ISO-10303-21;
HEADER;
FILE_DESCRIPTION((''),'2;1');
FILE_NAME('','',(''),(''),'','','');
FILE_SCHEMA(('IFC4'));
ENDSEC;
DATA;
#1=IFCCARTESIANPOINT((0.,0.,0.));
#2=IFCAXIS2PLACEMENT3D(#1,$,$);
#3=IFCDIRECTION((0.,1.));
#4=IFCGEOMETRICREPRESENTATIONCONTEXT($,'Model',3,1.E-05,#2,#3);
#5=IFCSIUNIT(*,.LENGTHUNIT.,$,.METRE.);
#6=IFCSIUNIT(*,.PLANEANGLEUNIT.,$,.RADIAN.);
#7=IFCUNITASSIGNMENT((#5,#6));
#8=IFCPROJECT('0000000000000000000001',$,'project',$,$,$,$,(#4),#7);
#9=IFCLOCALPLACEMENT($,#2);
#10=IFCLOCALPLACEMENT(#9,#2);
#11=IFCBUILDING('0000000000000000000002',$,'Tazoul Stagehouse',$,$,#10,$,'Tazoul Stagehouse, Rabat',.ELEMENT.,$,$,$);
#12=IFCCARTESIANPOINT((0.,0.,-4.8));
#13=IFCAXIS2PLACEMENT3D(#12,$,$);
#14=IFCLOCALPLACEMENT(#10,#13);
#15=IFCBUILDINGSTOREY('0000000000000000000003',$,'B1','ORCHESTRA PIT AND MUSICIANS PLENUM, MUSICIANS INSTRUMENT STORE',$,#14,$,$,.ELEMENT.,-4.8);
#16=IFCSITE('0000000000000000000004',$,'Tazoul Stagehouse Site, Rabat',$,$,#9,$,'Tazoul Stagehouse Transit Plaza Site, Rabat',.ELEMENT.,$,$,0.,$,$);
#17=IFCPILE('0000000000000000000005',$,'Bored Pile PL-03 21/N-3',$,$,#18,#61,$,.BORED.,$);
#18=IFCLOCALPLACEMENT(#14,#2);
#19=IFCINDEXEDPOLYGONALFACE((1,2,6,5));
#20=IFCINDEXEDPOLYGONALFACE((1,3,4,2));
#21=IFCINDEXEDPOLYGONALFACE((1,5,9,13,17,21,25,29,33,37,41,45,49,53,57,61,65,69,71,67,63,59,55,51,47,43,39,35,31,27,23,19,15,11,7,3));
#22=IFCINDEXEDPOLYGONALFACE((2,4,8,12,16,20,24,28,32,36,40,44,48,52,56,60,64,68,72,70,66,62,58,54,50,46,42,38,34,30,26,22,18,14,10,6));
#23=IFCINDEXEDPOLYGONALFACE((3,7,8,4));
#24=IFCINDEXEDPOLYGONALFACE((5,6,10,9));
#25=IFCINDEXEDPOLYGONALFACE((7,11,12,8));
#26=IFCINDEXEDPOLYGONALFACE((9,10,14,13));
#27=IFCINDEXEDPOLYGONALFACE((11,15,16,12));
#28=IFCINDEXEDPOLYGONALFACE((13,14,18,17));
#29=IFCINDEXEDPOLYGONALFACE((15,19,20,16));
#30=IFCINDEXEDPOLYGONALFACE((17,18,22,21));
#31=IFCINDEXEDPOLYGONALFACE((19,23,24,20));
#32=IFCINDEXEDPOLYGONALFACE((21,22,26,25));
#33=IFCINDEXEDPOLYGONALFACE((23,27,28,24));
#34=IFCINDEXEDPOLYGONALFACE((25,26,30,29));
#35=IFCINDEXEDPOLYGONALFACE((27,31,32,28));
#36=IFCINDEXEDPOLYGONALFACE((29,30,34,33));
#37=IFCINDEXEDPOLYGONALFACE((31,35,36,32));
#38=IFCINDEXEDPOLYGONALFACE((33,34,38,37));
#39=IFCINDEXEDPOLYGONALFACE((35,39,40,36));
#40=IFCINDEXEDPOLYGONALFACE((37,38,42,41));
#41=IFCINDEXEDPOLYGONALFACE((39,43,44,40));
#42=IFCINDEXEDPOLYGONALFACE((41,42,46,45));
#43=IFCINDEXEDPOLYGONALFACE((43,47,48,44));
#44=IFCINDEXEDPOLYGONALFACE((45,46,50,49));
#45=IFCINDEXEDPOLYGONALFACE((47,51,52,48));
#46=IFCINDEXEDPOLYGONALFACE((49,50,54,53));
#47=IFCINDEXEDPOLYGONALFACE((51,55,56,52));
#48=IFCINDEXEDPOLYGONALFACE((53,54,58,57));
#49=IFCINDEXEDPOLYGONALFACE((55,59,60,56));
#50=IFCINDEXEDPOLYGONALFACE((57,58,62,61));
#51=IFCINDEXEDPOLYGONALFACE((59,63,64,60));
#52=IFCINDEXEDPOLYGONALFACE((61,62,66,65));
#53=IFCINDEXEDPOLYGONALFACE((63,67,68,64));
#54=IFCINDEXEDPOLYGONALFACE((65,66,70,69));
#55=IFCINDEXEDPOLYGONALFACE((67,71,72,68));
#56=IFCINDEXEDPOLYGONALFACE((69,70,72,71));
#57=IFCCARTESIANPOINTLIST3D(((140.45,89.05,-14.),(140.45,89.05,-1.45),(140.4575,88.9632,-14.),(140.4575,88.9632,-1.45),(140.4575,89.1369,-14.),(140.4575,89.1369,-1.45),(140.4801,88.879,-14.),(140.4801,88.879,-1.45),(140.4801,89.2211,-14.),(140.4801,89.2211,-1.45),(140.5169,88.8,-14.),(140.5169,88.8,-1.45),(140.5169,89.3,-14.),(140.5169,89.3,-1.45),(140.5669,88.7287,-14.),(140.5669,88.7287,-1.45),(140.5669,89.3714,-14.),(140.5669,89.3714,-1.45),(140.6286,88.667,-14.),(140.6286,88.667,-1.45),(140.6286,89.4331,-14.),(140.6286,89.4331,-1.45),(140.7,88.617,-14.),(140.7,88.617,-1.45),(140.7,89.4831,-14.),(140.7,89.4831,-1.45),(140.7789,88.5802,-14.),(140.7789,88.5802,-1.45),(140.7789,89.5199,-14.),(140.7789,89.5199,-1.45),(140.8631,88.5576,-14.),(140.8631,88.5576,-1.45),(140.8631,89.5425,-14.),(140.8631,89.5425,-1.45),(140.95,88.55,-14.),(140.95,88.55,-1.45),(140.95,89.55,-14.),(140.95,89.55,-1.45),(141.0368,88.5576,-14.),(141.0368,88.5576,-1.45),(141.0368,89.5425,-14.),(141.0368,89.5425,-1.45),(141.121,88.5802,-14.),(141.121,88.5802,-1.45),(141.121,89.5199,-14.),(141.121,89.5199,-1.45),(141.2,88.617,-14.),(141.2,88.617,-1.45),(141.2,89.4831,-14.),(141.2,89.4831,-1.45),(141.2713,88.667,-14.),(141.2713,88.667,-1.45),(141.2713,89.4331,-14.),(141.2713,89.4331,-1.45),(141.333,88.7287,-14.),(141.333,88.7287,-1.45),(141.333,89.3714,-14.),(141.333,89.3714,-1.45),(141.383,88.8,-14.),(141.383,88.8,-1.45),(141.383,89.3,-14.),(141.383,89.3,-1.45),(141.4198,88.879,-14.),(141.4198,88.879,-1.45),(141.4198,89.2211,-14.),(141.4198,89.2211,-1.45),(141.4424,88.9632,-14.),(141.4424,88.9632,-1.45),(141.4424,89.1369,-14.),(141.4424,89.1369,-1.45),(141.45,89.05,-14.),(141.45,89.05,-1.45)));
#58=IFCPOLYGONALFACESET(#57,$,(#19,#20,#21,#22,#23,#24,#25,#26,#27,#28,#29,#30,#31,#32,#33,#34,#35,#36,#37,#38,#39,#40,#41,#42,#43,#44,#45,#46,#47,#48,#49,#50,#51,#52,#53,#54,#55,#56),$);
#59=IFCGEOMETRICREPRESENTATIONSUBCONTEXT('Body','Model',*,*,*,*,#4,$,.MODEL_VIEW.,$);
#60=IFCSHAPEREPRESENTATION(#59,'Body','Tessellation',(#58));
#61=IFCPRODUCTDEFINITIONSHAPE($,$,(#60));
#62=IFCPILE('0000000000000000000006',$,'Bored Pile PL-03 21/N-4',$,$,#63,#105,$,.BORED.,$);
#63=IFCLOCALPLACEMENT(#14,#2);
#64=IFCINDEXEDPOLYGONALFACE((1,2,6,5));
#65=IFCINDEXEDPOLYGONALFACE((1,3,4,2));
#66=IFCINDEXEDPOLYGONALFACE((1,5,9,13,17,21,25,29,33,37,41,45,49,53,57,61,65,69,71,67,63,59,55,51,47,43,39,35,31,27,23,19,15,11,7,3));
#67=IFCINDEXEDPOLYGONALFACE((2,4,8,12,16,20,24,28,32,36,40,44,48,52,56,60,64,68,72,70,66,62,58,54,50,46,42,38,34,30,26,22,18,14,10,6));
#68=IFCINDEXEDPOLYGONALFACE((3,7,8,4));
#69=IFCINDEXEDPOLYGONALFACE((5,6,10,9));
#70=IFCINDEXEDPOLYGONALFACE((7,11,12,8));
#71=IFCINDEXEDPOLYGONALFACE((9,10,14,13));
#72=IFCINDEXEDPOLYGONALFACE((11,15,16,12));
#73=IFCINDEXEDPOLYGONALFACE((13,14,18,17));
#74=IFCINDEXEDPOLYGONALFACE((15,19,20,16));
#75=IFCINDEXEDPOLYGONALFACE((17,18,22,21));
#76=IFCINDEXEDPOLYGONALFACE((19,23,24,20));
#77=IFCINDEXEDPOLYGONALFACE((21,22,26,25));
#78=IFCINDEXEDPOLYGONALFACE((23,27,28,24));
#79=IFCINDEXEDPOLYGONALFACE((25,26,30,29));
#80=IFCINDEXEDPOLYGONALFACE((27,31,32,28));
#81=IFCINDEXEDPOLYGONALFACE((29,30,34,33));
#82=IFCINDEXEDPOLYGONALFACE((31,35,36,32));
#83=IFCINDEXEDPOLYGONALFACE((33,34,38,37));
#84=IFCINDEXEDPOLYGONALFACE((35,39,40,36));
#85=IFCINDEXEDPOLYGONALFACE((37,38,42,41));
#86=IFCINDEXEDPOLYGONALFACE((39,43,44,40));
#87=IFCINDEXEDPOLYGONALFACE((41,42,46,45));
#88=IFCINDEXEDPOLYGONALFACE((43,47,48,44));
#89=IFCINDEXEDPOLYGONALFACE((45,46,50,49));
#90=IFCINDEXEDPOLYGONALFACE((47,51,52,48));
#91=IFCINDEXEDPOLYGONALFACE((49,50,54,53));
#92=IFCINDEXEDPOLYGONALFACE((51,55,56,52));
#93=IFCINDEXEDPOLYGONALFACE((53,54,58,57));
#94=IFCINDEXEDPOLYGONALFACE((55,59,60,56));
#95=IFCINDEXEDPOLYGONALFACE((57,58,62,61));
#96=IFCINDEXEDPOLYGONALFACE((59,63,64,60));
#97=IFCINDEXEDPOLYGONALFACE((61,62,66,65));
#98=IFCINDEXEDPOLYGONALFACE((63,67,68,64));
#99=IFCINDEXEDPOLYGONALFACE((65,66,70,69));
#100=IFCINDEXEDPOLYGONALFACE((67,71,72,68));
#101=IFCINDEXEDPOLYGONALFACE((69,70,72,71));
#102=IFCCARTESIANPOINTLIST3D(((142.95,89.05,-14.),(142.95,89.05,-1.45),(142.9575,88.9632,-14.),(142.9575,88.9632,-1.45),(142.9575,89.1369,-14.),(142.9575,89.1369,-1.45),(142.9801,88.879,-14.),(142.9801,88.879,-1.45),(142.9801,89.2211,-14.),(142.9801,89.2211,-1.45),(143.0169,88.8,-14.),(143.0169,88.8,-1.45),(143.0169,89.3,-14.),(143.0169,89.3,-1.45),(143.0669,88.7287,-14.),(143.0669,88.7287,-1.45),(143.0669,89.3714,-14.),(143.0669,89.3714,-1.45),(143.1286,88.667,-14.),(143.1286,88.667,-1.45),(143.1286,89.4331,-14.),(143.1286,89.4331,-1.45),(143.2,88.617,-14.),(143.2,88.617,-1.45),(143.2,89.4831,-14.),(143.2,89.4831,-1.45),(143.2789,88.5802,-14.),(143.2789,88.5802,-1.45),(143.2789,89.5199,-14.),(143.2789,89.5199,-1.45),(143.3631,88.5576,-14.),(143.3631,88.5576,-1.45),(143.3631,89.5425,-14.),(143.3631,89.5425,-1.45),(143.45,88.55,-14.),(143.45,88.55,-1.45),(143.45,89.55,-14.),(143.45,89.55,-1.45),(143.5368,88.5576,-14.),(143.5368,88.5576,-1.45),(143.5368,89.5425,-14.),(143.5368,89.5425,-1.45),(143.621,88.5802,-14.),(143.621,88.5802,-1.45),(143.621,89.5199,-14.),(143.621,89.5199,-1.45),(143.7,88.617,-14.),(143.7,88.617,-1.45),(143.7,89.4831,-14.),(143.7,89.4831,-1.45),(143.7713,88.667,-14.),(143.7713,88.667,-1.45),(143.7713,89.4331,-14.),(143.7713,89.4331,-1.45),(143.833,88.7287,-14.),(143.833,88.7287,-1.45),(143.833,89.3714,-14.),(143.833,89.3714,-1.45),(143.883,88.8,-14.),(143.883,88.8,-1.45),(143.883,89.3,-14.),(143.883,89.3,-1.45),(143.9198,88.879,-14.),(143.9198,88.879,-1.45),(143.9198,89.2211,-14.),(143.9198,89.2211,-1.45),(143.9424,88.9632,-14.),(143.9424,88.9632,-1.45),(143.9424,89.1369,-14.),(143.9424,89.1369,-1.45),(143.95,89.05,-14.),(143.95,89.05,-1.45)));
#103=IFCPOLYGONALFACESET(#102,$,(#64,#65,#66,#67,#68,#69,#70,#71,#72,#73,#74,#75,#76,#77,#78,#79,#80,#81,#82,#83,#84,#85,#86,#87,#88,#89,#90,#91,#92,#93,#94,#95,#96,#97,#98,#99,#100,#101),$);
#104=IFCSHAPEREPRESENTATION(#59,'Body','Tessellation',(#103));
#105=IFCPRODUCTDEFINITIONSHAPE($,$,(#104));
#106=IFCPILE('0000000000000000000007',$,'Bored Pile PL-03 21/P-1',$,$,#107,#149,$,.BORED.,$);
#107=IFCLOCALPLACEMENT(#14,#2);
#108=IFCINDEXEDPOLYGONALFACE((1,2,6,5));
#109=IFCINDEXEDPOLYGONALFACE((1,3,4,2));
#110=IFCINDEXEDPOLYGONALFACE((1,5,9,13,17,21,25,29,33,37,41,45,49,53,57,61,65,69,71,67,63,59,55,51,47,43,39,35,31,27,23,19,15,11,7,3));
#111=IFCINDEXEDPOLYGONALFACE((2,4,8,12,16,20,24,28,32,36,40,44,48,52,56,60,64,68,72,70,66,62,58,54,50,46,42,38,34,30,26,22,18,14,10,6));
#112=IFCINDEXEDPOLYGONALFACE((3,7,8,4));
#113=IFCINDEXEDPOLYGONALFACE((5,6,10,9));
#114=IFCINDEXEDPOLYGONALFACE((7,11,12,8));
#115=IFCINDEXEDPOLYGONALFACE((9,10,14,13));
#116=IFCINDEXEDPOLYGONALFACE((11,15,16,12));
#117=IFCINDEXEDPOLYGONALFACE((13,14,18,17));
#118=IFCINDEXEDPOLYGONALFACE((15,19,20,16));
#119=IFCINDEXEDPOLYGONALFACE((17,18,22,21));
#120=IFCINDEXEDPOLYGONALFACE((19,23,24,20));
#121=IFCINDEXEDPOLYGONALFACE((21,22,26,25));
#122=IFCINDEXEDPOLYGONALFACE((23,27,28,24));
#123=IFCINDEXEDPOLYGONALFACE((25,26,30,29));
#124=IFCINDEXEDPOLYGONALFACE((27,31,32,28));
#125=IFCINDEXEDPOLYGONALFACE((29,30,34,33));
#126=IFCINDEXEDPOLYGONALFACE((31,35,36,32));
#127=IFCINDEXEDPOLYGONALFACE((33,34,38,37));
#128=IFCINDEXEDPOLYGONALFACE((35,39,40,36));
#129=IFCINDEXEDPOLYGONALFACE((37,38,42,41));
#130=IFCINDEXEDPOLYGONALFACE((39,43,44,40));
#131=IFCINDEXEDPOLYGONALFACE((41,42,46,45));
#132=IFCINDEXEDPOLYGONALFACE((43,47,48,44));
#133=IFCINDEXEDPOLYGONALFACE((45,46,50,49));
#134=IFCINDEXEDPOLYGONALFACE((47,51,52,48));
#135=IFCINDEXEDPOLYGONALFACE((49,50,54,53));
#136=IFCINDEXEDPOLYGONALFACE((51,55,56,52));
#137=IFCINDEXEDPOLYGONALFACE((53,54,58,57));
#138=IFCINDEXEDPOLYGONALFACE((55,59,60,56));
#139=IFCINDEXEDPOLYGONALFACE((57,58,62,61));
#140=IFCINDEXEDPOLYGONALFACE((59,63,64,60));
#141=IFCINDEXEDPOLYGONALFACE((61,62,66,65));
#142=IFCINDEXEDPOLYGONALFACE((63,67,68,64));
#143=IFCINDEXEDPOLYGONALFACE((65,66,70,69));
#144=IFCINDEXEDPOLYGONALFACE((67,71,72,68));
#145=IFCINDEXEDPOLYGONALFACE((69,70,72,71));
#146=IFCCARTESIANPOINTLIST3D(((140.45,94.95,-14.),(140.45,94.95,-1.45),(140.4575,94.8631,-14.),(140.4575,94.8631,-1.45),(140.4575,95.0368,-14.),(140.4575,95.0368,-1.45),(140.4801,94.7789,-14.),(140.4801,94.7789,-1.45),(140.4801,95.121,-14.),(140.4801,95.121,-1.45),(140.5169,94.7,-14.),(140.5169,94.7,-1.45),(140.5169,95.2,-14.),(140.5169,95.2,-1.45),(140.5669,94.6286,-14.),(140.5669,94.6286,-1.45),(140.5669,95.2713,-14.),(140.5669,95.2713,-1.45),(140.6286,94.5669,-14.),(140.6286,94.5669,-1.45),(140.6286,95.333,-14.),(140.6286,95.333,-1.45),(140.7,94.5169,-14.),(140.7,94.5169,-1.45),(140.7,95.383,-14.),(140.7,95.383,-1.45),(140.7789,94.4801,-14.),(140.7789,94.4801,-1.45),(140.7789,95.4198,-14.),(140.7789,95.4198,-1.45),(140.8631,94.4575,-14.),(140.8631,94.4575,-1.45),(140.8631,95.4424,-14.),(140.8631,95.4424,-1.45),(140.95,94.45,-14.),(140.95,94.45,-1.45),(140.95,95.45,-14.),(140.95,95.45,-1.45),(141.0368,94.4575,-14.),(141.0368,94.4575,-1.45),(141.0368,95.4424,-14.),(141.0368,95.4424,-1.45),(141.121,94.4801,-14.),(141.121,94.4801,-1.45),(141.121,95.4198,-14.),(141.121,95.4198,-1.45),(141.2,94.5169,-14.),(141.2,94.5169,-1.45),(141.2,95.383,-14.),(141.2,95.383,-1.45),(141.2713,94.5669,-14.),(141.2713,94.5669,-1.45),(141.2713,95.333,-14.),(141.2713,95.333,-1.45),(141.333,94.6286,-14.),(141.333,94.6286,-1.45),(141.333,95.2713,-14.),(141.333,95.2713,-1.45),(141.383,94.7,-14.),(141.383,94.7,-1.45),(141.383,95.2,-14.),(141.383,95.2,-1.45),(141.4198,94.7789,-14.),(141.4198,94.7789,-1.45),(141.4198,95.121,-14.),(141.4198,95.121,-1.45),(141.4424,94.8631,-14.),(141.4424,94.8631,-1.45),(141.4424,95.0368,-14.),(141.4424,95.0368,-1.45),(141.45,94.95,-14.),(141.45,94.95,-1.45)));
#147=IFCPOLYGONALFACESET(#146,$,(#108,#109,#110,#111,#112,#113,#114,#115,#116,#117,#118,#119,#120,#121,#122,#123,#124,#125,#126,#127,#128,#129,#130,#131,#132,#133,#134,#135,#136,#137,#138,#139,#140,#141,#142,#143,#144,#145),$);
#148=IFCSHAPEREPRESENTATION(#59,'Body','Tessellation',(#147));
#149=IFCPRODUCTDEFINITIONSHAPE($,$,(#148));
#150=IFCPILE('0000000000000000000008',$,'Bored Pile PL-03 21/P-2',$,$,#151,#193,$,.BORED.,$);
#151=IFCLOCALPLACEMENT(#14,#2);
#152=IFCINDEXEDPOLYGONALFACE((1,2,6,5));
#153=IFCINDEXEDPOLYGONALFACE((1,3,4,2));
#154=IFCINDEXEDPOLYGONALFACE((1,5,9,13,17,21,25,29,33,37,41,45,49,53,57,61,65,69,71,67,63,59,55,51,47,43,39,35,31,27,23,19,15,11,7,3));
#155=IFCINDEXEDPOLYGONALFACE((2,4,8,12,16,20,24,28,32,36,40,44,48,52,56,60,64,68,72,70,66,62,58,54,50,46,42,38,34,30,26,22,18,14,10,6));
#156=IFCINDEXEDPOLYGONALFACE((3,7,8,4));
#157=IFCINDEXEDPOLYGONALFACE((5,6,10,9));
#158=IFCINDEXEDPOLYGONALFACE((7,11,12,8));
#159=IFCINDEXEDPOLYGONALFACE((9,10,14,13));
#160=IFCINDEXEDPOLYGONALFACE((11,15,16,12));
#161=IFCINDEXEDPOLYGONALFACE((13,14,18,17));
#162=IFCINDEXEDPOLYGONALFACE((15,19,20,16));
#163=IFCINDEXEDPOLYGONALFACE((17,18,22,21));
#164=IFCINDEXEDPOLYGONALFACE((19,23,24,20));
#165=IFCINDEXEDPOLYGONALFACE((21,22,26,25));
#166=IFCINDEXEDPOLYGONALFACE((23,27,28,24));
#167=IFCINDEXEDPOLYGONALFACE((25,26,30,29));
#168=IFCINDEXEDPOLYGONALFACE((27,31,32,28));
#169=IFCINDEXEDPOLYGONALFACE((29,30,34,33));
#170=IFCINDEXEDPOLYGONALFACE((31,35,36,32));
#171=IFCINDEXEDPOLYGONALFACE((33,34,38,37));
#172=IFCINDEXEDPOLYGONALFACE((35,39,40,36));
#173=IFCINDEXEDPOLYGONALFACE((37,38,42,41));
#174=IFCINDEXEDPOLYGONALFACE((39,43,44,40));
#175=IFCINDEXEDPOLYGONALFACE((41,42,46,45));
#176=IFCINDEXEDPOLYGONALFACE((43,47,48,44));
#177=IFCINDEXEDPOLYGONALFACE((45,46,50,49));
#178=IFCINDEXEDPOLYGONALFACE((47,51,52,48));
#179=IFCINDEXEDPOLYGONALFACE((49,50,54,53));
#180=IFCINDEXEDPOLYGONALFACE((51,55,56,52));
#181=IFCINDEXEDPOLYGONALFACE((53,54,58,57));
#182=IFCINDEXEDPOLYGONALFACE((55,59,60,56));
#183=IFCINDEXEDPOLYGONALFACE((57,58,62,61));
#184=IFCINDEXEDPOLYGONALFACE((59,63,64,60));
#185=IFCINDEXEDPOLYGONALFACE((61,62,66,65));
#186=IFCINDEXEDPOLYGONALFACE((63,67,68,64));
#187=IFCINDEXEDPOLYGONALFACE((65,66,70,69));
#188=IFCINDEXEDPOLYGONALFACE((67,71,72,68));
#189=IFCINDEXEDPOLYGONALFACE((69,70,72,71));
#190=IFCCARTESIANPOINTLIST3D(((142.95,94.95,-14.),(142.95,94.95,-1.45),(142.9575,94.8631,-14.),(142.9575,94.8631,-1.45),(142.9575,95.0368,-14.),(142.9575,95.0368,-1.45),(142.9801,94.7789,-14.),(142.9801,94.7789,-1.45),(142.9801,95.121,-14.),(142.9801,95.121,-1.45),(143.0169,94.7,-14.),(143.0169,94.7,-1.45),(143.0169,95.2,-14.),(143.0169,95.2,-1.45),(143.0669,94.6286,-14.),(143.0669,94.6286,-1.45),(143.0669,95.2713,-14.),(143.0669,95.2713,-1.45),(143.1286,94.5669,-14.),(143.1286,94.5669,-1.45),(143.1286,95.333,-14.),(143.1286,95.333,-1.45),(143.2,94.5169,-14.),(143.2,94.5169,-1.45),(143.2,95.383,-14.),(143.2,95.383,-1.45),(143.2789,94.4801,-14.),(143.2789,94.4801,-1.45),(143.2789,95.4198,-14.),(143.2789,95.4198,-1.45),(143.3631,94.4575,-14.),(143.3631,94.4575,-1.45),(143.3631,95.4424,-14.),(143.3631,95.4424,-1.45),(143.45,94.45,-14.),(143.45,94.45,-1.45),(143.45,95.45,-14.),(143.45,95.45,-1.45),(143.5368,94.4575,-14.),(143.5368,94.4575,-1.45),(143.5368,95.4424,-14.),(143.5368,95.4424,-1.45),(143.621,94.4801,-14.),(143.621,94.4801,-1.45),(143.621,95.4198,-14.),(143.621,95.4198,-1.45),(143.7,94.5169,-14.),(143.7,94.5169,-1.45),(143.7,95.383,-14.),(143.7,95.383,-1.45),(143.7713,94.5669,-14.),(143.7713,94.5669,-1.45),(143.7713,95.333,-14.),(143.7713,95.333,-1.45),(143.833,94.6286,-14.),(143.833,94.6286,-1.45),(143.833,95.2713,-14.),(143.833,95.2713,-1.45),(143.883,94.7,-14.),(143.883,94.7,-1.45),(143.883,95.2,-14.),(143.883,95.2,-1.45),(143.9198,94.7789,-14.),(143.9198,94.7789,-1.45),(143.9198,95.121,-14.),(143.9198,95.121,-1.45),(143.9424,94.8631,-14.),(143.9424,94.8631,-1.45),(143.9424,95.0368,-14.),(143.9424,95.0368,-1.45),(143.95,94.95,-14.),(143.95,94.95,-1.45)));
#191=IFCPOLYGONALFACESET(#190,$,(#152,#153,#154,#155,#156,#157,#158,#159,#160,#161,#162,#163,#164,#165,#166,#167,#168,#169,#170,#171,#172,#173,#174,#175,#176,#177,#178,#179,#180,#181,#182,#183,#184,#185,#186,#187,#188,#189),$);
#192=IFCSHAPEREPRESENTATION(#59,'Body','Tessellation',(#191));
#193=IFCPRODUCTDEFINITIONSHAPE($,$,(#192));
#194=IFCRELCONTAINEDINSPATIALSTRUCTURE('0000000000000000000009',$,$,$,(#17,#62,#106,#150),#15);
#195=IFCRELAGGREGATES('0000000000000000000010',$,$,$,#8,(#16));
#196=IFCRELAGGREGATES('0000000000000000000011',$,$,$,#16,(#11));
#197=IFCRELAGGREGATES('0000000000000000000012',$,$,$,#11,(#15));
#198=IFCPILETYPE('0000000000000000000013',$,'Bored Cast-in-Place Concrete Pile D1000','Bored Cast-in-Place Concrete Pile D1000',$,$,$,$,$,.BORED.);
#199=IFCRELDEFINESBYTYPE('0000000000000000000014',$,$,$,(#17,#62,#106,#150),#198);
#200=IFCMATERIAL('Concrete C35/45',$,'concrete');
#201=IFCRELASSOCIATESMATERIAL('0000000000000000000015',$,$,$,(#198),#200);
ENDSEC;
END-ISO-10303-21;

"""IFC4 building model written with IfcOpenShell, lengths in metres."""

from ifc_helpers import new_model, si_unit, direction, frame, origin, origin_2d, place, context, subcontext, project, spatial, circle, extrude, material, material_profile, profile_set, type_object, element, save


model = new_model("IFC4")

# Units and contexts
model_context = context("Model", 3, precision=1e-05, world=origin(), true_north=direction((0.0, 1.0)))
body_context = subcontext(model_context, "Body", "Model", "MODEL_VIEW")
ifc_project = project(units=[si_unit("LENGTHUNIT", "METRE"), si_unit("PLANEANGLEUNIT", "RADIAN")], contexts=[model_context])

# Site, building, storey
site_placement = place(None, origin())
site = spatial("IfcSite", under=ifc_project, at=site_placement, Name="Tazoul Stagehouse Site, Rabat", LongName="Tazoul Stagehouse Transit Plaza Site, Rabat", CompositionType="ELEMENT", RefElevation=0.0)
building_placement = place(site_placement, origin())
building = spatial("IfcBuilding", under=site, at=building_placement, Name="Tazoul Stagehouse", LongName="Tazoul Stagehouse, Rabat", CompositionType="ELEMENT")
storey_placement = place(building_placement, frame((0.0, 0.0, -4.8)))
storey = spatial("IfcBuildingStorey", under=building, at=storey_placement, Name="B1", Description="ORCHESTRA PIT AND MUSICIANS PLENUM, MUSICIANS INSTRUMENT STORE", CompositionType="ELEMENT", Elevation=-4.8)

# Piles
ifc_material_1 = material(Name="Concrete C35/45", Category="concrete")
ifc_material_profile_1 = material_profile(ifc_material_1, circle(Radius=0.5, at=origin_2d()), Name="BORED PILE 1000")
ifc_profile_set_1 = profile_set([ifc_material_profile_1], Name="Concrete C35/45")
pile_type = type_object("IfcPileType", Name="Bored Cast-in-Place Concrete Pile D1000", Description="Bored Cast-in-Place Concrete Pile D1000", PredefinedType="BORED", material=ifc_profile_set_1)
for number, where, z_axis, x_axis, name in (
    (1, (140.95, 89.05, -1.45), (0.0, 0.0, -1.0), (1.0, 0.0, 0.0), "Bored Pile PL-03 21/N-3"),
    (2, (143.45, 89.05, -1.45), (0.0, 0.0, -1.0), (1.0, 0.0, 0.0), "Bored Pile PL-03 21/N-4"),
    (3, (140.95, 94.95, -1.45), (0.0, 0.0, -1.0), (1.0, 0.0, 0.0), "Bored Pile PL-03 21/P-1"),
    (4, (143.45, 94.95, -1.45), (0.0, 0.0, -1.0), (1.0, 0.0, 0.0), "Bored Pile PL-03 21/P-2"),
):
    element("IfcPile", number, at=place(storey_placement, frame(where, z_axis=z_axis, x_axis=x_axis)), inside=storey, type_object=pile_type, Name=name, PredefinedType="BORED", context=body_context, shape_type="SweptSolid", body=[
        extrude(circle(Radius=0.5, at=origin_2d()), origin(), (0.0, 0.0, 1.0), 12.55),
    ])

save(model, "model.ifc")
